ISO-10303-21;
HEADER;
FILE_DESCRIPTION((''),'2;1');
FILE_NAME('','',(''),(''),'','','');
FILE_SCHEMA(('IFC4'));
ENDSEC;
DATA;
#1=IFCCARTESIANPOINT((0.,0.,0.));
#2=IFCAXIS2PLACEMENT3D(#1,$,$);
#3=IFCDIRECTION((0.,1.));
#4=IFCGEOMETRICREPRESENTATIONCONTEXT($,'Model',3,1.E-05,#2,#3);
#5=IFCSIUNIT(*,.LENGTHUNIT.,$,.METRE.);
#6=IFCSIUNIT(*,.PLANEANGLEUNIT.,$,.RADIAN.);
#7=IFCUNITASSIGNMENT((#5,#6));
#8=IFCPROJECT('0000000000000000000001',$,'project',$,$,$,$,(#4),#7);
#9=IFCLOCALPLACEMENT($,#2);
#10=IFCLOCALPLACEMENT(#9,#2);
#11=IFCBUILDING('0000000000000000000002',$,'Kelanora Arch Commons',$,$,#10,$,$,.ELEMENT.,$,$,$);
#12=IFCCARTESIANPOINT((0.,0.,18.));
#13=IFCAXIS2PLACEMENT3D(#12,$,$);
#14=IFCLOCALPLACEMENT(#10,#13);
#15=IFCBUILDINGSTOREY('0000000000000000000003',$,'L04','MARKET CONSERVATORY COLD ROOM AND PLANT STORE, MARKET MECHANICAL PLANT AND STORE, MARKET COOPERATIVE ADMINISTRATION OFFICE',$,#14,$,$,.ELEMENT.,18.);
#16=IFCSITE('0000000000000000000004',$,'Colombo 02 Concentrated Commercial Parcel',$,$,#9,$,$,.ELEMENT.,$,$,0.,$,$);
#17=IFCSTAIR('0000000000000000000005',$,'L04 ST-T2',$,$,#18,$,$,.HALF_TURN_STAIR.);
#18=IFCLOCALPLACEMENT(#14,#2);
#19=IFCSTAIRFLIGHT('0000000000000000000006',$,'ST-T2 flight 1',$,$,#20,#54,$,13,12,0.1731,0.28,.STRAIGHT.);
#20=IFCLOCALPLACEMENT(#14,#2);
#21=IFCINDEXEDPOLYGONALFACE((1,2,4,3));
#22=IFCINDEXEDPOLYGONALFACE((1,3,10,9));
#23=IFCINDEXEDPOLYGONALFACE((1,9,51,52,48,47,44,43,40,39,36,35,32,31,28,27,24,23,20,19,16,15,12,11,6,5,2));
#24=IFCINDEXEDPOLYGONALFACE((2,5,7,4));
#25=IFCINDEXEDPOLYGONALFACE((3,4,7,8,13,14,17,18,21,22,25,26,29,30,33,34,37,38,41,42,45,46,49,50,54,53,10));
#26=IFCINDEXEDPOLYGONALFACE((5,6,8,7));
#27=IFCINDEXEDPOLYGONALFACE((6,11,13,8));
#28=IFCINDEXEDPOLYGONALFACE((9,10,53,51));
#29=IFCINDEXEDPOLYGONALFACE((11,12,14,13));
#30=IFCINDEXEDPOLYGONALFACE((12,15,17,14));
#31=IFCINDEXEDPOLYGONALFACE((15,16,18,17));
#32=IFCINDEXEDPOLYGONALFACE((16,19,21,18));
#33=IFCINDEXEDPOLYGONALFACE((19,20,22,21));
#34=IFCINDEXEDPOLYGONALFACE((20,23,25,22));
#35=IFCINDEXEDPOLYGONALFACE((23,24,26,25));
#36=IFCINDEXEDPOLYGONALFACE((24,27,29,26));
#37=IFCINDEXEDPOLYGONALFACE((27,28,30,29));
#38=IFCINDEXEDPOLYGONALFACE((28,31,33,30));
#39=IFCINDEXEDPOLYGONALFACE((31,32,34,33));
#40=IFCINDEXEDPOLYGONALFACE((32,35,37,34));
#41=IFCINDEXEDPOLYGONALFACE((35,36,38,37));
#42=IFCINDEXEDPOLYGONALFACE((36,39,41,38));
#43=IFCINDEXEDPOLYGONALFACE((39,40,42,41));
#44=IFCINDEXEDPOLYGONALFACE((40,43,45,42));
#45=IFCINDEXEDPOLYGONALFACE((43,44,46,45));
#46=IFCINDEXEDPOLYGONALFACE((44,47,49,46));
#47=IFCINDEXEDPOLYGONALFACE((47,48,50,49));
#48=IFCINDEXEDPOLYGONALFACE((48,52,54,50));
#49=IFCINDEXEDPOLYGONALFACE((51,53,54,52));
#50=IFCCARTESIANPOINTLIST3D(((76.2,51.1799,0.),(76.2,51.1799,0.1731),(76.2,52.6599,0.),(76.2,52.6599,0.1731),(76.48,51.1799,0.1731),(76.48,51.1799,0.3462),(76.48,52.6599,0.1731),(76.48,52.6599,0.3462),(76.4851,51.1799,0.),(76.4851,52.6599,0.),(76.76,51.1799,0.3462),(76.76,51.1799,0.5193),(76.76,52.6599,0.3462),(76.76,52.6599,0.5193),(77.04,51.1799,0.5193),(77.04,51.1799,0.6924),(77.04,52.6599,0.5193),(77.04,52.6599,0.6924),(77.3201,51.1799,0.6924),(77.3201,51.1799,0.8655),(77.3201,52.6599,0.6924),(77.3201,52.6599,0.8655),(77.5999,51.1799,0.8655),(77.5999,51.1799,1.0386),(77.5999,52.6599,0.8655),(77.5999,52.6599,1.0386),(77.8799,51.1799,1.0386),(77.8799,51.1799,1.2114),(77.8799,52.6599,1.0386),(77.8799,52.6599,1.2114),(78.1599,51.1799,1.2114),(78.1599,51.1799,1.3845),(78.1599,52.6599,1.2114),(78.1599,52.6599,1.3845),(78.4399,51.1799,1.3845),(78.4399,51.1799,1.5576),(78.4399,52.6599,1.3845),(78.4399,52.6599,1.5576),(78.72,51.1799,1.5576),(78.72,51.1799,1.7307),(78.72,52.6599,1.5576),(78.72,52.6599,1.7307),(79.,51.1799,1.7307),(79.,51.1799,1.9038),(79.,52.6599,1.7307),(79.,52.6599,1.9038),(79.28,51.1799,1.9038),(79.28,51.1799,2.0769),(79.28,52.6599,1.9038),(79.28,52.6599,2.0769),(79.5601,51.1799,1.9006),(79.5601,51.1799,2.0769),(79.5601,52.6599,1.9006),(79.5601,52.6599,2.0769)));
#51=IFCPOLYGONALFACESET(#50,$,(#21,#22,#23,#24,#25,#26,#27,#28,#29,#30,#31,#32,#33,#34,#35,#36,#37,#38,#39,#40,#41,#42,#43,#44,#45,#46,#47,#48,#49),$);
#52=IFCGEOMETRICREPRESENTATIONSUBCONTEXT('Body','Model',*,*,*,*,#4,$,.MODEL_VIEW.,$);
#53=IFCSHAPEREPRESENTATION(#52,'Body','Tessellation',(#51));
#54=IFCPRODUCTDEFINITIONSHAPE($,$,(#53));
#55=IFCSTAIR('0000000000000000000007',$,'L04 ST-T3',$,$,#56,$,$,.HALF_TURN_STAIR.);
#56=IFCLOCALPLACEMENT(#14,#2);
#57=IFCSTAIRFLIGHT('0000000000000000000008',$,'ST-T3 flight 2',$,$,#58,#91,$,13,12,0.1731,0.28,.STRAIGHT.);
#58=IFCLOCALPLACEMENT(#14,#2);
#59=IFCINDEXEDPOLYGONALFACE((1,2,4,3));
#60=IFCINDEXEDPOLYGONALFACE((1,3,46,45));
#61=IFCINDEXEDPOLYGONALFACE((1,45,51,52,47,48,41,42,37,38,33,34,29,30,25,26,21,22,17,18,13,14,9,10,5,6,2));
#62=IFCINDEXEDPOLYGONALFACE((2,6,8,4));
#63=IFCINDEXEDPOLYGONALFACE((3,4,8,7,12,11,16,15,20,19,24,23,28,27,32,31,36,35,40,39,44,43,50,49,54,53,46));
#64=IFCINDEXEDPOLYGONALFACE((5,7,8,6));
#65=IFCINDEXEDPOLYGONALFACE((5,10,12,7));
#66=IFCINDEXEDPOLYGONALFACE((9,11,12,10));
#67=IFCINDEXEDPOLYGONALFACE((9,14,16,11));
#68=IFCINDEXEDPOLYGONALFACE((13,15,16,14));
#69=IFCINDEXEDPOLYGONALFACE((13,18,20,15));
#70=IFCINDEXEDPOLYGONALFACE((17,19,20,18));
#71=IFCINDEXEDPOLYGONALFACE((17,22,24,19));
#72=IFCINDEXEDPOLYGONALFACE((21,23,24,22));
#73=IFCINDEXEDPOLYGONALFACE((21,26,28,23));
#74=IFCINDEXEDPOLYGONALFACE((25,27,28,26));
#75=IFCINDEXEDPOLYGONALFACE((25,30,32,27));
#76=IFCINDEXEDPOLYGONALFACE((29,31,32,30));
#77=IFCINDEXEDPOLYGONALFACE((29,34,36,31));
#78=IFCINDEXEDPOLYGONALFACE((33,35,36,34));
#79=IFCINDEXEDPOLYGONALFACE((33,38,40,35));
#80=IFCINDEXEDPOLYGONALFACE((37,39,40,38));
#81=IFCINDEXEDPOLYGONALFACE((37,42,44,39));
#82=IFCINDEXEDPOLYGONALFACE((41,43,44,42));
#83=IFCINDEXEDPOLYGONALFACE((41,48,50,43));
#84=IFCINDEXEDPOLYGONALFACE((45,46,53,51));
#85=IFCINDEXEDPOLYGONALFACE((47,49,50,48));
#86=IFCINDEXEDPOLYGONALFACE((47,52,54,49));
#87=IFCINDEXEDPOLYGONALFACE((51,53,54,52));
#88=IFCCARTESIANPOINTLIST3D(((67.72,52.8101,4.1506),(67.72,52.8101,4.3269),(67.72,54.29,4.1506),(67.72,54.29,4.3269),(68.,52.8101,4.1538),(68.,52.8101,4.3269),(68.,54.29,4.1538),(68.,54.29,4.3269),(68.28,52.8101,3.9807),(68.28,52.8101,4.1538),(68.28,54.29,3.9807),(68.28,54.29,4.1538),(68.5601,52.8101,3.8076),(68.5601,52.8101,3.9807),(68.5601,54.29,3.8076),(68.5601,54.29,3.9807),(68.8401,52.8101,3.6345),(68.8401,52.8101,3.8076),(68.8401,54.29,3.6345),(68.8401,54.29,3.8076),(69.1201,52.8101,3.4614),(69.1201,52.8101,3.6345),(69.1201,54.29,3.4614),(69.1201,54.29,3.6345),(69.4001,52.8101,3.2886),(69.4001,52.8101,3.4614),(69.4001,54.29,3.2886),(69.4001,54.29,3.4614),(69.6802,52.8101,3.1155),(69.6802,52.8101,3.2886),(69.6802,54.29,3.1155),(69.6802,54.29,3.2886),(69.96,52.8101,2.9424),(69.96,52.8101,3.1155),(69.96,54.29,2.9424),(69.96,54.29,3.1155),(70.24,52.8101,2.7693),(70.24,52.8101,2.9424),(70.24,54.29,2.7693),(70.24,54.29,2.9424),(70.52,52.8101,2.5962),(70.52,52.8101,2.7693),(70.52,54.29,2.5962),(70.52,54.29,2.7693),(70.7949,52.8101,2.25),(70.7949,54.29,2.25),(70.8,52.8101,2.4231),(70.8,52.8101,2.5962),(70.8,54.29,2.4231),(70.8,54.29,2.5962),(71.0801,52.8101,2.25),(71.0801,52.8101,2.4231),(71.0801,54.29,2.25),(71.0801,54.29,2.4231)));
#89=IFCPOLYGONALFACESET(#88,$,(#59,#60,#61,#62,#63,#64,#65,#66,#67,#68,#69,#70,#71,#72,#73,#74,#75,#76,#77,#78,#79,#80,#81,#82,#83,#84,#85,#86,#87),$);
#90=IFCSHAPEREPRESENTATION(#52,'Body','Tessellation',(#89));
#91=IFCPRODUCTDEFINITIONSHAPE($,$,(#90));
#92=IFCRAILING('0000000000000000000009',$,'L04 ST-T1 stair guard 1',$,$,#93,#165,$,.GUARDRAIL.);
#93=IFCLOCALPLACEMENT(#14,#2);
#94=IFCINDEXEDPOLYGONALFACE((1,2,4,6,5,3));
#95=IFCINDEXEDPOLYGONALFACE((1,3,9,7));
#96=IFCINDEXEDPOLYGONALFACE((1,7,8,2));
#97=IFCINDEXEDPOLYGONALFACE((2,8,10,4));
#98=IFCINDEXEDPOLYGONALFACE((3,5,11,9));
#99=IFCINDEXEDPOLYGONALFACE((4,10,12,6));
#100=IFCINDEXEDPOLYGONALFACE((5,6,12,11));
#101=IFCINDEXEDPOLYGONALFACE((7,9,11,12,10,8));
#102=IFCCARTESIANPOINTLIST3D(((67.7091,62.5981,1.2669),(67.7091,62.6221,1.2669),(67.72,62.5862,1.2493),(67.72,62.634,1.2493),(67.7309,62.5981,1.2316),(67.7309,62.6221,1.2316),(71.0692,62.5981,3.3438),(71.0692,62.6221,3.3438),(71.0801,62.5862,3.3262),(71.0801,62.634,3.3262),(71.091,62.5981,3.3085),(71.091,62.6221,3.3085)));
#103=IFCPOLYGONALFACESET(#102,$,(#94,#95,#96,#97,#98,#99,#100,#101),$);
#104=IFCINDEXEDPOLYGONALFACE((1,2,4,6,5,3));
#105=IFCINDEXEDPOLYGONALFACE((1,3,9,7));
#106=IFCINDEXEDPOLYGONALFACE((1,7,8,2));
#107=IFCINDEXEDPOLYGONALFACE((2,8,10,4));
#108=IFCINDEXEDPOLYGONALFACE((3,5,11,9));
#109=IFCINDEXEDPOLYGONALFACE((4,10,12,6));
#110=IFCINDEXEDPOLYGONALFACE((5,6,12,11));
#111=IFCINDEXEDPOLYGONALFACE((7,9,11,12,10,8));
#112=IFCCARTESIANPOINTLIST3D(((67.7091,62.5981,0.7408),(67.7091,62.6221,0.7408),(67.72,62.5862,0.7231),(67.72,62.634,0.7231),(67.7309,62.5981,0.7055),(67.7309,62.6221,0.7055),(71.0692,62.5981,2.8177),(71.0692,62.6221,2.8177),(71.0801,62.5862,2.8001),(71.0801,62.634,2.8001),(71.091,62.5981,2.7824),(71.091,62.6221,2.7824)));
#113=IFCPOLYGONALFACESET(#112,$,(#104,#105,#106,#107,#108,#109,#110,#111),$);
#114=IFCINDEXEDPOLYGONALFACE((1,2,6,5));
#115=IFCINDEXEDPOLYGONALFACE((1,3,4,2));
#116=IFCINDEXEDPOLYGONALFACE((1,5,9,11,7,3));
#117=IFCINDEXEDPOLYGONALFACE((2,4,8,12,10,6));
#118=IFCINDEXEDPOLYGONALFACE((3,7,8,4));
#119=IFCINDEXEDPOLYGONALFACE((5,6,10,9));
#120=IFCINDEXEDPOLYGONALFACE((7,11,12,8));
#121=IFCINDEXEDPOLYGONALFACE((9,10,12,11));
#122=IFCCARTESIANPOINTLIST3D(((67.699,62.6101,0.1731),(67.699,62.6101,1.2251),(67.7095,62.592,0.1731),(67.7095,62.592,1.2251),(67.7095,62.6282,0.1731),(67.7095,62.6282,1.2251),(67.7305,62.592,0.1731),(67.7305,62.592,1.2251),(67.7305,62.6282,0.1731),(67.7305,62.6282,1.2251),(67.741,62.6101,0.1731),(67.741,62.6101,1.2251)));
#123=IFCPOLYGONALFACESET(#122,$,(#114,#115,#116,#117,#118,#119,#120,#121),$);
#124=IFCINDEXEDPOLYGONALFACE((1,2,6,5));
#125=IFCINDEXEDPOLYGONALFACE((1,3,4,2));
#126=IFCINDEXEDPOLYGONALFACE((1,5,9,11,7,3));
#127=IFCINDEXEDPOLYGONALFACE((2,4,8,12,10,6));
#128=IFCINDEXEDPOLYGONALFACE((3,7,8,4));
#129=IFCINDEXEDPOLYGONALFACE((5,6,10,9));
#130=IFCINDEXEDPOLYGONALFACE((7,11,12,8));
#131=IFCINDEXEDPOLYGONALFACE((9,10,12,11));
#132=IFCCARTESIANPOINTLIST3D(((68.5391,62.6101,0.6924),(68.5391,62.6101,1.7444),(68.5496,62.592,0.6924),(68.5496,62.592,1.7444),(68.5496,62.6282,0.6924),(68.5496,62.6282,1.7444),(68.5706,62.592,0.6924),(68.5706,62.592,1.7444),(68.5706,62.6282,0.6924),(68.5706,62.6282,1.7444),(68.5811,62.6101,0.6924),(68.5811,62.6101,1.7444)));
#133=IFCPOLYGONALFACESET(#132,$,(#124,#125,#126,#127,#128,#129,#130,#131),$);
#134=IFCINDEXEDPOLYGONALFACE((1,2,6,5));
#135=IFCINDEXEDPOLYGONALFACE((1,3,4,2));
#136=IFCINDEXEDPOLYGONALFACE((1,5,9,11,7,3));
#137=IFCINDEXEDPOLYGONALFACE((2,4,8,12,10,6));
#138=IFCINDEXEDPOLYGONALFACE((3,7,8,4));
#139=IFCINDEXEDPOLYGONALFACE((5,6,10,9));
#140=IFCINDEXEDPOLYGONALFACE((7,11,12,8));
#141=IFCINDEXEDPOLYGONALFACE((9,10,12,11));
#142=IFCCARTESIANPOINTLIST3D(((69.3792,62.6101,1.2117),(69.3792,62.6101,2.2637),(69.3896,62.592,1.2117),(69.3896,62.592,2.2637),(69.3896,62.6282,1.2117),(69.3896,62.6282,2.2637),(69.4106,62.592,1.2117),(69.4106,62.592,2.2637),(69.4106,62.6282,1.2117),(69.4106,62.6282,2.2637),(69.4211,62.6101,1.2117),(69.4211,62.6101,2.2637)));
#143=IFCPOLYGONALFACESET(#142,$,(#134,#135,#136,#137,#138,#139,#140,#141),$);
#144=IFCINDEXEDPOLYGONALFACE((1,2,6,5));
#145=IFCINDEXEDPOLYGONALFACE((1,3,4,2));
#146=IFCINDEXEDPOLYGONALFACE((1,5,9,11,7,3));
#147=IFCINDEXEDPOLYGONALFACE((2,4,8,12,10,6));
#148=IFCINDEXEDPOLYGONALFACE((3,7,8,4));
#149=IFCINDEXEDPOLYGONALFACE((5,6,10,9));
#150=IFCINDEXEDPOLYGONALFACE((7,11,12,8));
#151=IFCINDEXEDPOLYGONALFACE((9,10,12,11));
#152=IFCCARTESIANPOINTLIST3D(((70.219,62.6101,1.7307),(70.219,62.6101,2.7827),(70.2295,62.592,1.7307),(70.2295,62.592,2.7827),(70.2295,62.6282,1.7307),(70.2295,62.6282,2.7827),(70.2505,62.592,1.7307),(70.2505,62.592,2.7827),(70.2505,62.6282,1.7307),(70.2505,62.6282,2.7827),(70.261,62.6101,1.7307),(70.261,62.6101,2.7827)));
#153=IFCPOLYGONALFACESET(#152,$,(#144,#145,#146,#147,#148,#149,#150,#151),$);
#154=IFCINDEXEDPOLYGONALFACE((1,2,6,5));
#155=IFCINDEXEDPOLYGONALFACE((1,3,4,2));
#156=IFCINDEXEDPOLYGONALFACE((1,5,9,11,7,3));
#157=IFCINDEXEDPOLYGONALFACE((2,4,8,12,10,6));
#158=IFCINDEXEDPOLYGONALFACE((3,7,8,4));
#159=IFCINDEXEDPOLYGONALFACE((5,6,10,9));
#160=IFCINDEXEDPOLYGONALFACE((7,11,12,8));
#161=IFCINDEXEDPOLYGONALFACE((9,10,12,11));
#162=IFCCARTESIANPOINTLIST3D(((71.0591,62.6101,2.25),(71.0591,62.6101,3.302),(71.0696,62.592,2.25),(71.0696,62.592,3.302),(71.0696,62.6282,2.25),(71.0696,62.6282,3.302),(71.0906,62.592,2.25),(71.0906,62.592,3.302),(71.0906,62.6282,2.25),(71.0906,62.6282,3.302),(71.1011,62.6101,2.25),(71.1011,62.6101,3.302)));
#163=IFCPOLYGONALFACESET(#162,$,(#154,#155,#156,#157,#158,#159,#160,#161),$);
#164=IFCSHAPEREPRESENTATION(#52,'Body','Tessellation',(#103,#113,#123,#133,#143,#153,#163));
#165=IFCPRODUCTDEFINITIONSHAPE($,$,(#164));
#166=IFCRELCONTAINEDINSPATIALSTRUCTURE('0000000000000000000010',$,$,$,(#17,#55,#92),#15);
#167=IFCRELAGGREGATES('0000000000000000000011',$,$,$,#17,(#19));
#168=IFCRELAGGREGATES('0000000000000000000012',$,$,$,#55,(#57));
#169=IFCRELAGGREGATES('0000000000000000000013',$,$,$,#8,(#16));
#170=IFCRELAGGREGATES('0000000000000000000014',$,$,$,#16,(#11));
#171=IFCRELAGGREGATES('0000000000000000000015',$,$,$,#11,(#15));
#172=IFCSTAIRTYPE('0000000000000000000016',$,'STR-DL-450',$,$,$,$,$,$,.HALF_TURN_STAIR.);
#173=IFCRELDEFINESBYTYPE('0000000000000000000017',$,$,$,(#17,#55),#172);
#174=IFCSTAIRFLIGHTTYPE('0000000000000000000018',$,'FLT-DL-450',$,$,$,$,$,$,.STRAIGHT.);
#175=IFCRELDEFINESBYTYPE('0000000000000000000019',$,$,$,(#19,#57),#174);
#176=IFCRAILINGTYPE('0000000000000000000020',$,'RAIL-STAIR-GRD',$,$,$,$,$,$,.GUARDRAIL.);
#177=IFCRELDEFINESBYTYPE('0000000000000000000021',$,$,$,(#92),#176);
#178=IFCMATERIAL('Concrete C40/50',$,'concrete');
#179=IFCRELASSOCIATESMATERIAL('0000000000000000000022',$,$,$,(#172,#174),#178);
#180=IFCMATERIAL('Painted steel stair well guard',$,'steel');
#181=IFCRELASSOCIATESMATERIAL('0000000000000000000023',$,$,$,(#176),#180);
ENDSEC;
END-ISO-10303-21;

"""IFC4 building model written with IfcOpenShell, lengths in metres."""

from ifc_helpers import new_model, si_unit, direction, frame, origin, place, context, subcontext, project, spatial, polyline, outline, extrude, material, type_object, element, aggregate, save


model = new_model("IFC4")

# Units and contexts
model_context = context("Model", 3, precision=1e-05, world=origin(), true_north=direction((0.0, 1.0)))
body_context = subcontext(model_context, "Body", "Model", "MODEL_VIEW")
ifc_project = project(units=[si_unit("LENGTHUNIT", "METRE"), si_unit("PLANEANGLEUNIT", "RADIAN")], contexts=[model_context])

# Site, building, storey
site_placement = place(None, origin())
site = spatial("IfcSite", under=ifc_project, at=site_placement, Name="Colombo 02 Concentrated Commercial Parcel", CompositionType="ELEMENT", RefElevation=0.0)
building_placement = place(site_placement, origin())
building = spatial("IfcBuilding", under=site, at=building_placement, Name="Kelanora Arch Commons", CompositionType="ELEMENT")
storey_placement = place(building_placement, frame((0.0, 0.0, 18.0)))
storey = spatial("IfcBuildingStorey", under=building, at=storey_placement, Name="L04", Description="MARKET CONSERVATORY COLD ROOM AND PLANT STORE, MARKET MECHANICAL PLANT AND STORE, MARKET COOPERATIVE ADMINISTRATION OFFICE", CompositionType="ELEMENT", Elevation=18.0)

# Shared definitions
ifc_material_1 = material(Name="Concrete C40/50", Category="concrete")

# Shared definitions
stair_type = type_object("IfcStairType", Name="STR-DL-450", PredefinedType="HALF_TURN_STAIR", material=ifc_material_1)
stair_flight_type = type_object("IfcStairFlightType", Name="FLT-DL-450", PredefinedType="STRAIGHT", material=ifc_material_1)

# Stairs, stair flights
stair_1_placement = place(storey_placement, origin())
stair_1 = element("IfcStair", 1, at=stair_1_placement, inside=storey, type_object=stair_type, Name="L04 ST-T2", PredefinedType="HALF_TURN_STAIR")
stair_flight_1_placement = place(storey_placement, frame((76.2, 51.9199, 0.0), z_axis=(0.0, 0.0, 1.0), x_axis=(1.0, 0.0, 0.0)))
stair_flight_1 = element("IfcStairFlight", 2, at=stair_flight_1_placement, type_object=stair_flight_type, Name="ST-T2 flight 1", NumberOfRisers=13, NumberOfTreads=12, PredefinedType="STRAIGHT", RiserHeight=0.1731, TreadLength=0.28, context=body_context, shape_type="SweptSolid", body=[
    extrude(outline(polyline([(0.0, 0.0), (0.0, 0.1731), (0.28, 0.1731), (0.28, 0.3462), (0.5601, 0.3462), (0.5601, 0.5193), (0.8401, 0.5193), (0.8401, 0.6924), (1.1201, 0.6924), (1.1201, 0.8655), (1.3999, 0.8655), (1.3999, 1.0386), (1.6799, 1.0386), (1.6799, 1.2114), (1.96, 1.2114), (1.96, 1.3845), (2.24, 1.3845), (2.24, 1.5576), (2.52, 1.5576), (2.52, 1.7307), (2.8, 1.7307), (2.8, 1.9038), (3.0801, 1.9038), (3.0801, 2.0769), (3.3601, 2.0769), (3.3601, 2.25), (3.3601, 1.9006), (0.2852, 0.0), (0.0, 0.0)])), frame((0.0, 0.74, 0.0), z_axis=(0.0, -1.0, 0.0), x_axis=(1.0, 0.0, 0.0)), (0.0, 0.0, 1.0), 1.48),
])
aggregate(stair_1, [stair_flight_1])
stair_2_placement = place(storey_placement, origin())
stair_2 = element("IfcStair", 3, at=stair_2_placement, inside=storey, type_object=stair_type, Name="L04 ST-T3", PredefinedType="HALF_TURN_STAIR")
stair_flight_2_placement = place(storey_placement, frame((71.0801, 53.55, 2.25), z_axis=(0.0, 0.0, 1.0), x_axis=(-1.0, 0.0, 0.0)))
stair_flight_2 = element("IfcStairFlight", 4, at=stair_flight_2_placement, type_object=stair_flight_type, Name="ST-T3 flight 2", NumberOfRisers=13, NumberOfTreads=12, PredefinedType="STRAIGHT", RiserHeight=0.1731, TreadLength=0.28, context=body_context, shape_type="SweptSolid", body=[
    extrude(outline(polyline([(0.0, 0.0), (0.0, 0.1731), (0.28, 0.1731), (0.28, 0.3462), (0.5601, 0.3462), (0.5601, 0.5193), (0.8401, 0.5193), (0.8401, 0.6924), (1.1201, 0.6924), (1.1201, 0.8655), (1.3999, 0.8655), (1.3999, 1.0386), (1.6799, 1.0386), (1.6799, 1.2114), (1.96, 1.2114), (1.96, 1.3845), (2.24, 1.3845), (2.24, 1.5576), (2.52, 1.5576), (2.52, 1.7307), (2.8, 1.7307), (2.8, 1.9038), (3.0801, 1.9038), (3.0801, 2.0769), (3.3601, 2.0769), (3.3601, 2.25), (3.3601, 1.9006), (0.2852, 0.0), (0.0, 0.0)])), frame((0.0, 0.74, 0.0), z_axis=(0.0, -1.0, 0.0), x_axis=(1.0, 0.0, 0.0)), (0.0, 0.0, 1.0), 1.48),
])
aggregate(stair_2, [stair_flight_2])

# Railing
ifc_material_2 = material(Name="Painted steel stair well guard", Category="steel")
railing_type_1 = type_object("IfcRailingType", Name="RAIL-STAIR-GRD", PredefinedType="GUARDRAIL", material=ifc_material_2)
railing_1_placement = place(storey_placement, frame((67.72, 62.6101, 0.1731)))
element("IfcRailing", 5, at=railing_1_placement, inside=storey, type_object=railing_type_1, Name="L04 ST-T1 stair guard 1", PredefinedType="GUARDRAIL", context=body_context, shape_type="SweptSolid", body=[
    extrude(outline(polyline([(0.0239, 0.0), (0.012, 0.0208), (-0.012, 0.0208), (-0.0239, 0.0), (-0.012, -0.0208), (0.012, -0.0208), (0.0239, 0.0)])), frame((0.0, 0.0, 1.0762), z_axis=(0.850623, 0.0, 0.525776), x_axis=(0.0, 1.0, 0.0)), (0.0, 0.0, 1.0), 3.9502),
    extrude(outline(polyline([(0.0239, 0.0), (0.012, 0.0208), (-0.012, 0.0208), (-0.0239, 0.0), (-0.012, -0.0208), (0.012, -0.0208), (0.0239, 0.0)])), frame((0.0, 0.0, 0.55), z_axis=(0.850623, 0.0, 0.525776), x_axis=(0.0, 1.0, 0.0)), (0.0, 0.0, 1.0), 3.9502),
    extrude(outline(polyline([(0.021, 0.0), (0.0105, 0.0181), (-0.0105, 0.0181), (-0.021, 0.0), (-0.0105, -0.0181), (0.0105, -0.0181), (0.021, 0.0)])), origin(), (0.0, 0.0, 1.0), 1.052),
    extrude(outline(polyline([(0.021, 0.0), (0.0105, 0.0181), (-0.0105, 0.0181), (-0.021, 0.0), (-0.0105, -0.0181), (0.0105, -0.0181), (0.021, 0.0)])), frame((0.8401, 0.0, 0.5193)), (0.0, 0.0, 1.0), 1.052),
    extrude(outline(polyline([(0.021, 0.0), (0.0105, 0.0181), (-0.0105, 0.0181), (-0.021, 0.0), (-0.0105, -0.0181), (0.0105, -0.0181), (0.021, 0.0)])), frame((1.6802, 0.0, 1.0386)), (0.0, 0.0, 1.0), 1.052),
    extrude(outline(polyline([(0.021, 0.0), (0.0105, 0.0181), (-0.0105, 0.0181), (-0.021, 0.0), (-0.0105, -0.0181), (0.0105, -0.0181), (0.021, 0.0)])), frame((2.52, 0.0, 1.5576)), (0.0, 0.0, 1.0), 1.052),
    extrude(outline(polyline([(0.021, 0.0), (0.0105, 0.0181), (-0.0105, 0.0181), (-0.021, 0.0), (-0.0105, -0.0181), (0.0105, -0.0181), (0.021, 0.0)])), frame((3.3601, 0.0, 2.0769)), (0.0, 0.0, 1.0), 1.052),
])

save(model, "model.ifc")
